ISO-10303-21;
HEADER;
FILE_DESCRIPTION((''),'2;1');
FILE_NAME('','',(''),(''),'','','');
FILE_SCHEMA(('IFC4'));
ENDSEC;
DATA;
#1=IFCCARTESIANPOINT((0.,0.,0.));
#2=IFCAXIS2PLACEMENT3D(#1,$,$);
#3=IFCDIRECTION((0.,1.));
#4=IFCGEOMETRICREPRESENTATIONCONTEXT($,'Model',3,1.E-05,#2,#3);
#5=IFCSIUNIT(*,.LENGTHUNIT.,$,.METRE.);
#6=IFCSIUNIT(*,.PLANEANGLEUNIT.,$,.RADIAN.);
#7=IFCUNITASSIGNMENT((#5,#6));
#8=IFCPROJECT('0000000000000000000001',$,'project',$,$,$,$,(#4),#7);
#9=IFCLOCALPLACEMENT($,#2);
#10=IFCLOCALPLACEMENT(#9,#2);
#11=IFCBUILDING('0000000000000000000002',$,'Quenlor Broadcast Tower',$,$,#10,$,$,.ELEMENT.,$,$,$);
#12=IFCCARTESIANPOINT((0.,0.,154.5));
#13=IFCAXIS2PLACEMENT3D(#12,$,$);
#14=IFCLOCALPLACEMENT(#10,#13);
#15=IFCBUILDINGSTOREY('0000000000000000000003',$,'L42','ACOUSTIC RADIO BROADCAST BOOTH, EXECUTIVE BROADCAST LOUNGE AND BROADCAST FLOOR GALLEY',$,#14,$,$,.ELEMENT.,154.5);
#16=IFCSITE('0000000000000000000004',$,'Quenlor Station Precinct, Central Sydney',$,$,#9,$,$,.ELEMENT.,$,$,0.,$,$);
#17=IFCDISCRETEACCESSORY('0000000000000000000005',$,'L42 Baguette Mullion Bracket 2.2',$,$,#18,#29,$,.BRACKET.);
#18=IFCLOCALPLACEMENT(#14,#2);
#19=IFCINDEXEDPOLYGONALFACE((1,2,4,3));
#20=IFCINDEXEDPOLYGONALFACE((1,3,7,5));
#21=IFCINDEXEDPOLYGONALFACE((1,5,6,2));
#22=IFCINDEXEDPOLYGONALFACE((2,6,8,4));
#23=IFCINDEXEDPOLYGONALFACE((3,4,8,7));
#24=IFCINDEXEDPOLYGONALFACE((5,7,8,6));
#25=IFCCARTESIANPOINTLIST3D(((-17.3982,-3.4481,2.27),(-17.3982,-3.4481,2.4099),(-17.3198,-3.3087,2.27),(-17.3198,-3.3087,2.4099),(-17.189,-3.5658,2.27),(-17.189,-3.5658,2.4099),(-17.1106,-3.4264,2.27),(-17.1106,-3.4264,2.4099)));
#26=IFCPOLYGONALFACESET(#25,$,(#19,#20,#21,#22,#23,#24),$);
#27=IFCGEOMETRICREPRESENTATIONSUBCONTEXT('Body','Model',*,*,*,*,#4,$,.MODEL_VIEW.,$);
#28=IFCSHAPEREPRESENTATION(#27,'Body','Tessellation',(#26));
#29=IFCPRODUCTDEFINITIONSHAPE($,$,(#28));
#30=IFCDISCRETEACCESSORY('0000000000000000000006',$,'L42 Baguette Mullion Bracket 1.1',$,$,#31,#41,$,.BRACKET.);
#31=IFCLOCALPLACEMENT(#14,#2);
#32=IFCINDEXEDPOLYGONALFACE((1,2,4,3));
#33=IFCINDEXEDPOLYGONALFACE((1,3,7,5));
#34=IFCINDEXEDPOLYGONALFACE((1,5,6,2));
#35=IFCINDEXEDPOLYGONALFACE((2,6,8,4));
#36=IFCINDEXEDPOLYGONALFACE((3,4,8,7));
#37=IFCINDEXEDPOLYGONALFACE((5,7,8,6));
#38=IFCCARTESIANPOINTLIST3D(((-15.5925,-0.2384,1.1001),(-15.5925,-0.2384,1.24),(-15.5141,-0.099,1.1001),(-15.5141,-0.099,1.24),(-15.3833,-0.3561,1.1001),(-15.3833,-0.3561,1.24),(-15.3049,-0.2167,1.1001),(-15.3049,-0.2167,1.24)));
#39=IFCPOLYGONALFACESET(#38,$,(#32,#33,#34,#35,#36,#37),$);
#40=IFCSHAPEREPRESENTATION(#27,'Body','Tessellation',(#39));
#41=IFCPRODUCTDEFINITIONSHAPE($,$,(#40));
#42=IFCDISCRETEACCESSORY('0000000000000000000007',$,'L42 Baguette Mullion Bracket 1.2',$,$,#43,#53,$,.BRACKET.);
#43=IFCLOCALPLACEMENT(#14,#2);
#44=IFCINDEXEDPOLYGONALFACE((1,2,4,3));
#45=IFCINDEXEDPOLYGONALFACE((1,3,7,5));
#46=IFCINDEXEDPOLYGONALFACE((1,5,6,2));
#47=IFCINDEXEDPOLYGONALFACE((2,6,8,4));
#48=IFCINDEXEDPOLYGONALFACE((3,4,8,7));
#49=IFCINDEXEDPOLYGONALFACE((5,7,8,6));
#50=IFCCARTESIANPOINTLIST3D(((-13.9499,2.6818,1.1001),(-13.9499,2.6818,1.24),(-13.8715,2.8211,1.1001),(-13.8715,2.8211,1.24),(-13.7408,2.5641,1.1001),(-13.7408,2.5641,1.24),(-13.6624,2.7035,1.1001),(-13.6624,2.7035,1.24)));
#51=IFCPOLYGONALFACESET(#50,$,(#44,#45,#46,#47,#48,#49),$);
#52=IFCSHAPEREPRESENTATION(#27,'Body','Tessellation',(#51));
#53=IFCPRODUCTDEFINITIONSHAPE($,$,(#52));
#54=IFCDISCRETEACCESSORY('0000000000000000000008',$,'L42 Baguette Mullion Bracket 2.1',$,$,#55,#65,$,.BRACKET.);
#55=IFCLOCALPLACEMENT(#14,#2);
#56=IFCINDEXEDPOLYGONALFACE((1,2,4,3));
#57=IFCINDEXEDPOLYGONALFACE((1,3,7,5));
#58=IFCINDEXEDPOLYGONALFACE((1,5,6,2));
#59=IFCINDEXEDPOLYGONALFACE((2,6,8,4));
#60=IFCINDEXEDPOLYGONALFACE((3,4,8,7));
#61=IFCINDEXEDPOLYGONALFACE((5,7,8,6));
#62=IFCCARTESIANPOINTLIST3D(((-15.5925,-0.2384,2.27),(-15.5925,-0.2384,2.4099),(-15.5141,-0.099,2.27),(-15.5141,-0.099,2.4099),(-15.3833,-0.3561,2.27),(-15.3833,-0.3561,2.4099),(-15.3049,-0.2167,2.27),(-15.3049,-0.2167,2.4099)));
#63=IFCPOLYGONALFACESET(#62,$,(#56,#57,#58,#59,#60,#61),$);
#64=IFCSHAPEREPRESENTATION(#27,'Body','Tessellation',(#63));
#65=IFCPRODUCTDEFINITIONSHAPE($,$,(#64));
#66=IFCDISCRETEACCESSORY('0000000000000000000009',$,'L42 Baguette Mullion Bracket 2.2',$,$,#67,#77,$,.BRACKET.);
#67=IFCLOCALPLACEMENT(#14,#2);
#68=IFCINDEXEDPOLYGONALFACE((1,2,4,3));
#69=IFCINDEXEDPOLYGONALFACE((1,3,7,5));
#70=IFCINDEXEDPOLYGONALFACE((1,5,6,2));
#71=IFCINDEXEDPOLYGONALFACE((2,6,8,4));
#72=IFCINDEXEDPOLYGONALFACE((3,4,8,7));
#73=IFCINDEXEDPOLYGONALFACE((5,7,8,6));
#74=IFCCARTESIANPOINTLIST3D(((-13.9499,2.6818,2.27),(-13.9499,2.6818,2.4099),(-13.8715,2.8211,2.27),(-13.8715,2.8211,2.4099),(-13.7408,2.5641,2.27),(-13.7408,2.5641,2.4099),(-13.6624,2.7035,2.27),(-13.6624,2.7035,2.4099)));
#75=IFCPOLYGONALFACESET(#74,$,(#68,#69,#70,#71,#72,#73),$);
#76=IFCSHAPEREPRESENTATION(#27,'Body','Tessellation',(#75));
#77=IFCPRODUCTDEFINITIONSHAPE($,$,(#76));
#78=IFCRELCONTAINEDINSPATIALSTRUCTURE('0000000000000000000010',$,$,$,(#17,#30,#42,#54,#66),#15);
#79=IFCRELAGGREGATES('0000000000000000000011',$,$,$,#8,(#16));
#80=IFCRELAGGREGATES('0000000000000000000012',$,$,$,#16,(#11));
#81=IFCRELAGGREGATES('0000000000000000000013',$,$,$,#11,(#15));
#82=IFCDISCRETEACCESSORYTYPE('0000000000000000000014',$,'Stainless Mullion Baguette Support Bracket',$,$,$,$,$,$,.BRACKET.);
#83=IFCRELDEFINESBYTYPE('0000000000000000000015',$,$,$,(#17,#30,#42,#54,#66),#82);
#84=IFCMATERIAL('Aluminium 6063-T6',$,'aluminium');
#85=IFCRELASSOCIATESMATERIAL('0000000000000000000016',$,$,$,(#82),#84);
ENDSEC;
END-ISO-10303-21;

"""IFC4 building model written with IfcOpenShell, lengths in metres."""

from ifc_helpers import new_model, si_unit, direction, frame, origin, origin_2d, place, context, subcontext, project, spatial, rectangle, extrude, material, type_object, element, save


model = new_model("IFC4")

# Units and contexts
model_context = context("Model", 3, precision=1e-05, world=origin(), true_north=direction((0.0, 1.0)))
body_context = subcontext(model_context, "Body", "Model", "MODEL_VIEW")
ifc_project = project(units=[si_unit("LENGTHUNIT", "METRE"), si_unit("PLANEANGLEUNIT", "RADIAN")], contexts=[model_context])

# Site, building, storey
site_placement = place(None, origin())
site = spatial("IfcSite", under=ifc_project, at=site_placement, Name="Quenlor Station Precinct, Central Sydney", CompositionType="ELEMENT", RefElevation=0.0)
building_placement = place(site_placement, origin())
building = spatial("IfcBuilding", under=site, at=building_placement, Name="Quenlor Broadcast Tower", CompositionType="ELEMENT")
storey_placement = place(building_placement, frame((0.0, 0.0, 154.5)))
storey = spatial("IfcBuildingStorey", under=building, at=storey_placement, Name="L42", Description="ACOUSTIC RADIO BROADCAST BOOTH, EXECUTIVE BROADCAST LOUNGE AND BROADCAST FLOOR GALLEY", CompositionType="ELEMENT", Elevation=154.5)

# Discrete accessories
ifc_material_1 = material(Name="Aluminium 6063-T6", Category="aluminium")
discrete_accessory_type = type_object("IfcDiscreteAccessoryType", Name="Stainless Mullion Baguette Support Bracket", PredefinedType="BRACKET", material=ifc_material_1)
for number, where, z_axis, x_axis, name in (
    (1, (-17.2544, -3.4373, 2.27), (0.0, 0.0, 1.0), (0.490259, 0.871577, 0.0), "L42 Baguette Mullion Bracket 2.2"),
    (2, (-15.4487, -0.2275, 1.1001), (0.0, 0.0, 1.0), (0.490268, 0.871572, 0.0), "L42 Baguette Mullion Bracket 1.1"),
    (3, (-13.8062, 2.6926, 1.1001), (0.0, 0.0, 1.0), (0.490268, 0.871572, 0.0), "L42 Baguette Mullion Bracket 1.2"),
    (4, (-15.4487, -0.2275, 2.27), (0.0, 0.0, 1.0), (0.490268, 0.871572, 0.0), "L42 Baguette Mullion Bracket 2.1"),
    (5, (-13.8062, 2.6926, 2.27), (0.0, 0.0, 1.0), (0.490268, 0.871572, 0.0), "L42 Baguette Mullion Bracket 2.2"),
):
    element("IfcDiscreteAccessory", number, at=place(storey_placement, frame(where, z_axis=z_axis, x_axis=x_axis)), inside=storey, type_object=discrete_accessory_type, Name=name, PredefinedType="BRACKET", context=body_context, shape_type="SweptSolid", body=[
        extrude(rectangle(XDim=0.1599, YDim=0.24, at=origin_2d()), origin(), (0.0, 0.0, 1.0), 0.1399),
    ])

save(model, "model.ifc")
